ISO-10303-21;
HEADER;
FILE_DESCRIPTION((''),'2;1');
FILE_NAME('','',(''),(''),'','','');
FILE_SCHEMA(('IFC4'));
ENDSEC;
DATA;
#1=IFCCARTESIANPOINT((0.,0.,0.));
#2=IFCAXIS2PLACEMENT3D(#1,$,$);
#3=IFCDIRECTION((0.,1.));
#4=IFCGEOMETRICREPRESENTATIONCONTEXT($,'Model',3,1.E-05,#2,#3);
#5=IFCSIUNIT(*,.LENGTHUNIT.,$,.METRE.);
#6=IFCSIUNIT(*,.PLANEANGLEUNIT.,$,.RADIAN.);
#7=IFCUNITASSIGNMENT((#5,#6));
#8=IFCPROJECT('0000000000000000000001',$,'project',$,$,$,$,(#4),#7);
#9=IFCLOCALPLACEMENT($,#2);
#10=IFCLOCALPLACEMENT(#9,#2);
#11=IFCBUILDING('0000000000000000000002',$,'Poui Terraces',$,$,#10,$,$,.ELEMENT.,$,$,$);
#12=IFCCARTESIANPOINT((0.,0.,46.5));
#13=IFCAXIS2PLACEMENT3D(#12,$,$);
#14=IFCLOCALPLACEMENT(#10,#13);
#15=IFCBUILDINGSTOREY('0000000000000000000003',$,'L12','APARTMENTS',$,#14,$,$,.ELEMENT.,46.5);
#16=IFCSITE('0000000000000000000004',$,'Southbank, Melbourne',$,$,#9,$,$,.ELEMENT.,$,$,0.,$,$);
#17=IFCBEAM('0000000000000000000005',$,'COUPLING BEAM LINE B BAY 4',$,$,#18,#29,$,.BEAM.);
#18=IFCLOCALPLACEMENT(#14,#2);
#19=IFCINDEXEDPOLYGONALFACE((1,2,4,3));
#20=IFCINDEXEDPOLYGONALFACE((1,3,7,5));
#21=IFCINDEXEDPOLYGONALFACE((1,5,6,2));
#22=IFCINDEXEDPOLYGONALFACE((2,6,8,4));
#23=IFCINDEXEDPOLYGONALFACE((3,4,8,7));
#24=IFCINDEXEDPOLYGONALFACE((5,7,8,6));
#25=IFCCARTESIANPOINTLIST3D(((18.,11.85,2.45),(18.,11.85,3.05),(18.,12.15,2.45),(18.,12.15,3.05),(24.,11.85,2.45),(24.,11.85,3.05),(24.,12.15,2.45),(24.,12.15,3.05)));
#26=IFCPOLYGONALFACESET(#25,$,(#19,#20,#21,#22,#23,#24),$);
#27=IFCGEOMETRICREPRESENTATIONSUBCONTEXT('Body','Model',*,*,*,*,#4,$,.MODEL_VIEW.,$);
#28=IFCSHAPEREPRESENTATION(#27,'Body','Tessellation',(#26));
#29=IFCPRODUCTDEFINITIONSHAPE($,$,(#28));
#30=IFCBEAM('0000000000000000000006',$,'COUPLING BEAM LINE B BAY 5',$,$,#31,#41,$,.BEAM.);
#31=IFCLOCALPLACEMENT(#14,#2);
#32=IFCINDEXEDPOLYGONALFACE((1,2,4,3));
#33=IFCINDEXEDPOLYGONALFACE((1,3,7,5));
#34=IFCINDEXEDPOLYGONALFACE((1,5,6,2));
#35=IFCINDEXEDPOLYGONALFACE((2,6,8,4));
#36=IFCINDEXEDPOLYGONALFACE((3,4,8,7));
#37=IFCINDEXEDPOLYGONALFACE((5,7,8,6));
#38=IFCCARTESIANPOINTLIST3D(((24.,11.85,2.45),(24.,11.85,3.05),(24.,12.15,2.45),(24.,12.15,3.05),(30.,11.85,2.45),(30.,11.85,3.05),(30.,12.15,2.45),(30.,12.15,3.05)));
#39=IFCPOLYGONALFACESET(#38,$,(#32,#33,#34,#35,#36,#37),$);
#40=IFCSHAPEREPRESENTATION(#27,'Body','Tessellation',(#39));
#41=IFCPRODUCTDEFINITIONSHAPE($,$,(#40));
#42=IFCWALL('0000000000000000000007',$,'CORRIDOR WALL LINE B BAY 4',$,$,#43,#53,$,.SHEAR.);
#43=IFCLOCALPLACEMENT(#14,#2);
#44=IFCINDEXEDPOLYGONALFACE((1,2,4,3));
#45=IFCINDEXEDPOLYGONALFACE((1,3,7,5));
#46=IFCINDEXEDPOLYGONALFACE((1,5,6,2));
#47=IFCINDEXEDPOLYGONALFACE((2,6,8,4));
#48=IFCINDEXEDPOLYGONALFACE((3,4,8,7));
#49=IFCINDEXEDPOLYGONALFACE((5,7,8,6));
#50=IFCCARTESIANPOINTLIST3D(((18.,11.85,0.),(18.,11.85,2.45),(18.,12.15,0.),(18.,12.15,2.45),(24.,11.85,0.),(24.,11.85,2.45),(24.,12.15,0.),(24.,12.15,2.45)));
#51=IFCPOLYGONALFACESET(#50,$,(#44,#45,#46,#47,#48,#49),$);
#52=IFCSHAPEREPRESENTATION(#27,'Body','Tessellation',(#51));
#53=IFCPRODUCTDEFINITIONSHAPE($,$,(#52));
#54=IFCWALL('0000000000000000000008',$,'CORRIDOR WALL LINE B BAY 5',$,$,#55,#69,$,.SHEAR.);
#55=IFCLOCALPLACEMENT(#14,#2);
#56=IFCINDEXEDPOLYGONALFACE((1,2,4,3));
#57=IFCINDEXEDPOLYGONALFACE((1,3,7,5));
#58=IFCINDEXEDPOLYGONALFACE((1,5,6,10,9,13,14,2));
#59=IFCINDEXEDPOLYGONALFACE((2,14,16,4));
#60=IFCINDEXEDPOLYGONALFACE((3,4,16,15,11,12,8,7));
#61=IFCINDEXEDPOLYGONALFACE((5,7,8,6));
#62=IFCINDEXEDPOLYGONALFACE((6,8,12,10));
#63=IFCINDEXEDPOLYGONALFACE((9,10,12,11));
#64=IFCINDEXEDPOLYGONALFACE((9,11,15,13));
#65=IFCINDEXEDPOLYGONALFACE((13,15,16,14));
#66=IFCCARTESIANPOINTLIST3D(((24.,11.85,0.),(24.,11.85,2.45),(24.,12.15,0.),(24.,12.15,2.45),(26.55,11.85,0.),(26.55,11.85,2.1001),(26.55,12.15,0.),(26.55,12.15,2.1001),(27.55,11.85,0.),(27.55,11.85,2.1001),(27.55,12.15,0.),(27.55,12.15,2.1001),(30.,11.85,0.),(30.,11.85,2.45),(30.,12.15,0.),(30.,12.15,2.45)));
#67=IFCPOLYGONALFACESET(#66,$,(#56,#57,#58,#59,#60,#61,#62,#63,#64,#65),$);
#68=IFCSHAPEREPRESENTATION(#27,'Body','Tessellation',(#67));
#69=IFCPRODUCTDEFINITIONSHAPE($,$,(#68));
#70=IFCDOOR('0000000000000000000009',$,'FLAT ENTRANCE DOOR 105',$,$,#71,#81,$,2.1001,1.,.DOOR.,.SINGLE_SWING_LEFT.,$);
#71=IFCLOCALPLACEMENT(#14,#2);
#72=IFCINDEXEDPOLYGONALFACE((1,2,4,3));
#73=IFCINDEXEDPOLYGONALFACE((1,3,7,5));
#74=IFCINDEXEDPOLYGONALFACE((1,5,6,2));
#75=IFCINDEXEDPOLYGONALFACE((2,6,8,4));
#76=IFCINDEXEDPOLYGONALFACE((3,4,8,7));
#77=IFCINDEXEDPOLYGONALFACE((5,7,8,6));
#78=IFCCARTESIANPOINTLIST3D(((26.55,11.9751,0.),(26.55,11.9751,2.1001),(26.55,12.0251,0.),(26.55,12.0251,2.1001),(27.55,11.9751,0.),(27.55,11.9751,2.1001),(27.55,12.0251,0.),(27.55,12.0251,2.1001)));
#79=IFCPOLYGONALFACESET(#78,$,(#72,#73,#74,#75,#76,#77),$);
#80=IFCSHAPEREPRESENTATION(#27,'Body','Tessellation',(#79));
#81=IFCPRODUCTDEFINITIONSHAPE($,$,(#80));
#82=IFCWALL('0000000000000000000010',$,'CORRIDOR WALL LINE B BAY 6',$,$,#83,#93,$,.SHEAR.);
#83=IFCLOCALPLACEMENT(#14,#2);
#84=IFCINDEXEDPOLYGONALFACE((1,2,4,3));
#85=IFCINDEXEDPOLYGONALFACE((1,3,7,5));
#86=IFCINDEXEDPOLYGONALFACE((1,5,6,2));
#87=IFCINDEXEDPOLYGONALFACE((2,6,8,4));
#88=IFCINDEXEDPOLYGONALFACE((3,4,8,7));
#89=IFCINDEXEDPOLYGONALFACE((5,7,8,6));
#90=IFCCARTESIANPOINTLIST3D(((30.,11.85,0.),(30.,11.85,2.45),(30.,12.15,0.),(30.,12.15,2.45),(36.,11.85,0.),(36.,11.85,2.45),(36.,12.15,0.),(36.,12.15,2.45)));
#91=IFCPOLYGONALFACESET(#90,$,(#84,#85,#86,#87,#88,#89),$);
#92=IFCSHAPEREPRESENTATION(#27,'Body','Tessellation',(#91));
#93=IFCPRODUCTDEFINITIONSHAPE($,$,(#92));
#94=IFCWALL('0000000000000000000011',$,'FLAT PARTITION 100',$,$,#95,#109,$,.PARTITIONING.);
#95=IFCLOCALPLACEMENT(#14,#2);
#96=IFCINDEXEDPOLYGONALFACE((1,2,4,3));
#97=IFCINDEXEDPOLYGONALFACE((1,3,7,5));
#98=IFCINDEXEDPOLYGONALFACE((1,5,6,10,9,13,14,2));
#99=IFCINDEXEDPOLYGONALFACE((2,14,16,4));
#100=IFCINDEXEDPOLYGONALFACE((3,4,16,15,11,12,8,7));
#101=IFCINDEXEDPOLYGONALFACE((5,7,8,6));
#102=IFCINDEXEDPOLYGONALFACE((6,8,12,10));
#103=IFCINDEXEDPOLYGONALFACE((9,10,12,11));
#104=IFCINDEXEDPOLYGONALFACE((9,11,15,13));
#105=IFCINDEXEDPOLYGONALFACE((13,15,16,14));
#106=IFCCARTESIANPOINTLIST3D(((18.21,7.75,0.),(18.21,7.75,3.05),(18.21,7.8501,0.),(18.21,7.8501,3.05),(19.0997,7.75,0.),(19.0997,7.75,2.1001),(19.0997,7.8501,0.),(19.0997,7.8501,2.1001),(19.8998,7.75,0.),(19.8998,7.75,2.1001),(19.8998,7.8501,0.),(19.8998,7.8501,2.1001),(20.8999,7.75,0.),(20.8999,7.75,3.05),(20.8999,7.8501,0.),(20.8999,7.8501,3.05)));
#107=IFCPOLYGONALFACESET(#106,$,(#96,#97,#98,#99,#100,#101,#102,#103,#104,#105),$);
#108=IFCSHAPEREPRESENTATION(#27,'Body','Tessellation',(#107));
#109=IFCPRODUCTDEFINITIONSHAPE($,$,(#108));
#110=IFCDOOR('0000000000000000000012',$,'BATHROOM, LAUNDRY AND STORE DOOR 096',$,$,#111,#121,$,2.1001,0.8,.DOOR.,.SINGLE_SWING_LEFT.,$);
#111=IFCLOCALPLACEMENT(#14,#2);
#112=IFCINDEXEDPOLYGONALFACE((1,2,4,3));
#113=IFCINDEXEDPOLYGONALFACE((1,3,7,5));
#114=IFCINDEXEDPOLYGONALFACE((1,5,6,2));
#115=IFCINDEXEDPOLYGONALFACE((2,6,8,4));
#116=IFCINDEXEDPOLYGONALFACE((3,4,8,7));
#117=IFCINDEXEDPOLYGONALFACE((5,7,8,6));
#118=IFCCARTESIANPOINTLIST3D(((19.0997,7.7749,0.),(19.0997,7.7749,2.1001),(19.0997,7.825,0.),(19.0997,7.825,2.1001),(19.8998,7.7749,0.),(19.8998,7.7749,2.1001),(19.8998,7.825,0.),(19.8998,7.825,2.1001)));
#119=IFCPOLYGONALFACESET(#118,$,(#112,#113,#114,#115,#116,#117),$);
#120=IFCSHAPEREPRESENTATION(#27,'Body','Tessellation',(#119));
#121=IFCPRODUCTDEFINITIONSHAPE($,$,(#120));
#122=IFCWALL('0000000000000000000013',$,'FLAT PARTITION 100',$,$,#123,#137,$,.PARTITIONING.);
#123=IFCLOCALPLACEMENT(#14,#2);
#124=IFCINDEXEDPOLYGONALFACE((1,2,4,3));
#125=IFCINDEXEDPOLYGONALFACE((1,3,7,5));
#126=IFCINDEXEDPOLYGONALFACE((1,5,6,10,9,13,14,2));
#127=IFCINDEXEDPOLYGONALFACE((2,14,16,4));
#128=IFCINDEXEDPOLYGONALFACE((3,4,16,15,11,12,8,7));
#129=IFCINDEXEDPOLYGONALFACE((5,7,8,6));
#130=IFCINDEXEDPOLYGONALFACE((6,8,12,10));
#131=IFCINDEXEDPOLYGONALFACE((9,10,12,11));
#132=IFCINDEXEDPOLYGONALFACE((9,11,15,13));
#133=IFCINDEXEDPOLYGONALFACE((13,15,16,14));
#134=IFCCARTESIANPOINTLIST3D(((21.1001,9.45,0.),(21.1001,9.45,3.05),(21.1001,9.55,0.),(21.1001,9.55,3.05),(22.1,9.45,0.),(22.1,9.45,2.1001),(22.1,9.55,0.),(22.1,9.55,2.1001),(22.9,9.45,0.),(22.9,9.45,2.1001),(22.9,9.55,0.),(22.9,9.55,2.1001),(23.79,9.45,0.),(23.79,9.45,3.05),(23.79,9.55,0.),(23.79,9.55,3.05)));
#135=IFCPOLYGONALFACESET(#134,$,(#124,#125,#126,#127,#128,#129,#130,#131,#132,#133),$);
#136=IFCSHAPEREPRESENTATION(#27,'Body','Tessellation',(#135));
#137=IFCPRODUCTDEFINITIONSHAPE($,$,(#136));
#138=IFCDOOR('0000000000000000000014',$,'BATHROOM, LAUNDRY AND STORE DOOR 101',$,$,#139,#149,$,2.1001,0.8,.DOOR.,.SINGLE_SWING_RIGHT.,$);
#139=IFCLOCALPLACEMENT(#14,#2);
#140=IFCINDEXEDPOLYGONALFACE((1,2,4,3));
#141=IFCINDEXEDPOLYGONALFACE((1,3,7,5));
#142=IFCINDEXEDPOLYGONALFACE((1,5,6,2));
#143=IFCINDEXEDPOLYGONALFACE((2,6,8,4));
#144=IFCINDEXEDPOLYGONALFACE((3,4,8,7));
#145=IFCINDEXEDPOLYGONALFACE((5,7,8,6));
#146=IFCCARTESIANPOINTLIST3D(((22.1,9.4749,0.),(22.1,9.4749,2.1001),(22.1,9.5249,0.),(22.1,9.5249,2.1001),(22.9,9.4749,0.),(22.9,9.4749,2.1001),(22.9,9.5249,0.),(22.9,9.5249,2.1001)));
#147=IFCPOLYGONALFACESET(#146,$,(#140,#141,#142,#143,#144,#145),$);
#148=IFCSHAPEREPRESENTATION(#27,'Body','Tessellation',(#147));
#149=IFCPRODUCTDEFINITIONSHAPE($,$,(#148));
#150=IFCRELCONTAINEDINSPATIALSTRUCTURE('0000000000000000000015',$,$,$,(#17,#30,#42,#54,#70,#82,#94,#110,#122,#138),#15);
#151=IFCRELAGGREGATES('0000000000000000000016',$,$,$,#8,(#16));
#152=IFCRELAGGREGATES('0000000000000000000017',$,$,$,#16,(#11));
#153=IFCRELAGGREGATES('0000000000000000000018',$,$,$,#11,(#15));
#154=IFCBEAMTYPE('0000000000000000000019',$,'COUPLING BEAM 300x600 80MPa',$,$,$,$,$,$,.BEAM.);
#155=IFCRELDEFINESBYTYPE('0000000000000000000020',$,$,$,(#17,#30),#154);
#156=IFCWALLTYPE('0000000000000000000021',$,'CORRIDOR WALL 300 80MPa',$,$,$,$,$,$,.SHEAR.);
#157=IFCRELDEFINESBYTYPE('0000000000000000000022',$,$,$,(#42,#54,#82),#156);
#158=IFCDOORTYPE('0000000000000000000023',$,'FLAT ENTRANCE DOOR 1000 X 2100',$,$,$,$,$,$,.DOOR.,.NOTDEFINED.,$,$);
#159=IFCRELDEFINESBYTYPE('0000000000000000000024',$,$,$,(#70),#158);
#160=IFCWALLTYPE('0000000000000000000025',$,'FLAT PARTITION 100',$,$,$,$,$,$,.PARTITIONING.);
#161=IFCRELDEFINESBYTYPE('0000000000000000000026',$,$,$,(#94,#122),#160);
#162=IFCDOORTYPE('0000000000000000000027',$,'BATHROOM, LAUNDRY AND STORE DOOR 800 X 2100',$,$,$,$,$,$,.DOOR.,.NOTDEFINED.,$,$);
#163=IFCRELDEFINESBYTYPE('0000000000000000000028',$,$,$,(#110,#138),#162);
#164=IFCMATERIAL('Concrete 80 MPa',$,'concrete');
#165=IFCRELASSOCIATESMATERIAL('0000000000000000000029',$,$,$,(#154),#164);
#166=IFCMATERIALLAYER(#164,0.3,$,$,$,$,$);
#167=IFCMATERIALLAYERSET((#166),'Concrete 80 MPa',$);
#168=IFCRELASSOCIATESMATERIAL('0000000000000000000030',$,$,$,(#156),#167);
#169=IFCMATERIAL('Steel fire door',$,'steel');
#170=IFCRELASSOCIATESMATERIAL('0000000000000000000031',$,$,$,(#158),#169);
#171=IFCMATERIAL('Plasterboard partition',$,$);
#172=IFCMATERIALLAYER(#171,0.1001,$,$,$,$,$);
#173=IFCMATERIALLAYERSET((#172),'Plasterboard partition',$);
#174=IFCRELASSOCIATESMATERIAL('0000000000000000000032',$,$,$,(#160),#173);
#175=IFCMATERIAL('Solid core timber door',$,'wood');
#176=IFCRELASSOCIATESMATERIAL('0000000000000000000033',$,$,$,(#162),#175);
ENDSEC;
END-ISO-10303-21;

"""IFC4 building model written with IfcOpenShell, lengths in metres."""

from ifc_helpers import new_model, si_unit, direction, frame, frame_2d, origin, origin_2d, place, context, subcontext, project, spatial, rectangle, extrude, source, transform, mapped, material, layer, layer_set, material_profile, profile_set, type_object, element, fill, save


model = new_model("IFC4")

# Units and contexts
model_context = context("Model", 3, precision=1e-05, world=origin(), true_north=direction((0.0, 1.0)))
body_context = subcontext(model_context, "Body", "Model", "MODEL_VIEW")
ifc_project = project(units=[si_unit("LENGTHUNIT", "METRE"), si_unit("PLANEANGLEUNIT", "RADIAN")], contexts=[model_context])

# Site, building, storey
site_placement = place(None, origin())
site = spatial("IfcSite", under=ifc_project, at=site_placement, Name="Southbank, Melbourne", CompositionType="ELEMENT", RefElevation=0.0)
building_placement = place(site_placement, origin())
building = spatial("IfcBuilding", under=site, at=building_placement, Name="Poui Terraces", CompositionType="ELEMENT")
storey_placement = place(building_placement, frame((0.0, 0.0, 46.5)))
storey = spatial("IfcBuildingStorey", under=building, at=storey_placement, Name="L12", Description="APARTMENTS", CompositionType="ELEMENT", Elevation=46.5)

# Beams
ifc_material_1 = material(Name="Concrete 80 MPa", Category="concrete")
ifc_material_profile = material_profile(ifc_material_1, rectangle(XDim=0.3, YDim=0.6001, at=origin_2d()), Name="RC 300x600")
ifc_profile_set = profile_set([ifc_material_profile], Name="Concrete 80 MPa")
beam_type = type_object("IfcBeamType", Name="COUPLING BEAM 300x600 80MPa", PredefinedType="BEAM", material=ifc_profile_set)
shared_shape = source(origin(), body_context, "Body", "SweptSolid", [
    extrude(rectangle(XDim=0.3, YDim=0.6001, at=origin_2d()), origin(), (0.0, 0.0, 1.0), 6.0),
])
for number, where, z_axis, x_axis, name in (
    (1, (18.0, 12.0, 2.75), (1.0, 0.0, 0.0), (0.0, 1.0, 0.0), "COUPLING BEAM LINE B BAY 4"),
    (2, (24.0, 12.0, 2.75), (1.0, 0.0, 0.0), (0.0, 1.0, 0.0), "COUPLING BEAM LINE B BAY 5"),
):
    element("IfcBeam", number, at=place(storey_placement, frame(where, z_axis=z_axis, x_axis=x_axis)), inside=storey, type_object=beam_type, Name=name, PredefinedType="BEAM", context=body_context, shape_type="MappedRepresentation", body=[
        mapped(shared_shape, transform((0.0, 0.0, 0.0))),
    ])

# Wall
ifc_layer_1 = layer(ifc_material_1, 0.3)
ifc_layer_set_1 = layer_set([ifc_layer_1], Name="Concrete 80 MPa")
wall_type_1 = type_object("IfcWallType", Name="CORRIDOR WALL 300 80MPa", PredefinedType="SHEAR", material=ifc_layer_set_1)
wall_1_placement = place(storey_placement, frame((18.0, 12.0, 0.0), z_axis=(0.0, 0.0, 1.0), x_axis=(1.0, 0.0, 0.0)))
element("IfcWall", 3, at=wall_1_placement, inside=storey, type_object=wall_type_1, Name="CORRIDOR WALL LINE B BAY 4", PredefinedType="SHEAR", context=body_context, shape_type="SweptSolid", body=[
    extrude(rectangle(XDim=6.0, YDim=0.3, at=frame_2d((3.0, 0.0))), origin(), (0.0, 0.0, 1.0), 2.45),
])

# Wall, opening, door
wall_2_placement = place(storey_placement, frame((24.0, 12.0, 0.0), z_axis=(0.0, 0.0, 1.0), x_axis=(1.0, 0.0, 0.0)))
wall_2 = element("IfcWall", 4, at=wall_2_placement, inside=storey, type_object=wall_type_1, Name="CORRIDOR WALL LINE B BAY 5", PredefinedType="SHEAR", context=body_context, shape_type="SweptSolid", body=[
    extrude(rectangle(XDim=6.0, YDim=0.3, at=frame_2d((3.0, 0.0))), origin(), (0.0, 0.0, 1.0), 2.45),
])
opening_1_placement = place(wall_2_placement, frame((2.55, 0.0, 0.0)))
opening_1 = element("IfcOpeningElement", 5, at=opening_1_placement, cuts=wall_2, PredefinedType="OPENING", context=body_context, shape_type="SweptSolid", body=[
    extrude(rectangle(XDim=1.0, YDim=2.1001, at=frame_2d((0.5, 1.05))), frame((0.0, 0.1602, 0.0), z_axis=(0.0, -1.0, 0.0), x_axis=(1.0, 0.0, 0.0)), (0.0, 0.0, 1.0), 0.3201),
])
ifc_material_2 = material(Name="Steel fire door", Category="steel")
door_type_1 = type_object("IfcDoorType", Name="FLAT ENTRANCE DOOR 1000 X 2100", OperationType="NOTDEFINED", PredefinedType="DOOR", material=ifc_material_2)
door_1_placement = place(opening_1_placement, frame((1.0, 0.0, 0.0), z_axis=(0.0, 0.0, 1.0), x_axis=(-1.0, 0.0, 0.0)))
door_1 = element("IfcDoor", 6, at=door_1_placement, inside=storey, type_object=door_type_1, Name="FLAT ENTRANCE DOOR 105", OperationType="SINGLE_SWING_LEFT", OverallHeight=2.1001, OverallWidth=1.0, PredefinedType="DOOR", context=body_context, shape_type="SweptSolid", body=[
    extrude(rectangle(XDim=1.0, YDim=2.1001, at=frame_2d((0.5, 1.05))), frame((0.0, 0.0249, 0.0), z_axis=(0.0, -1.0, 0.0), x_axis=(1.0, 0.0, 0.0)), (0.0, 0.0, 1.0), 0.05),
])
fill(opening_1, door_1)

# Wall
wall_3_placement = place(storey_placement, frame((30.0, 12.0, 0.0), z_axis=(0.0, 0.0, 1.0), x_axis=(1.0, 0.0, 0.0)))
element("IfcWall", 7, at=wall_3_placement, inside=storey, type_object=wall_type_1, Name="CORRIDOR WALL LINE B BAY 6", PredefinedType="SHEAR", context=body_context, shape_type="SweptSolid", body=[
    extrude(rectangle(XDim=6.0, YDim=0.3, at=frame_2d((3.0, 0.0))), origin(), (0.0, 0.0, 1.0), 2.45),
])

# Walls, openings, doors
ifc_material_3 = material(Name="Plasterboard partition")
ifc_layer_2 = layer(ifc_material_3, 0.1001)
ifc_layer_set_2 = layer_set([ifc_layer_2], Name="Plasterboard partition")
wall_type_2 = type_object("IfcWallType", Name="FLAT PARTITION 100", PredefinedType="PARTITIONING", material=ifc_layer_set_2)
wall_4_placement = place(storey_placement, frame((18.21, 7.8, 0.0), z_axis=(0.0, 0.0, 1.0), x_axis=(1.0, 0.0, 0.0)))
wall_4 = element("IfcWall", 8, at=wall_4_placement, inside=storey, type_object=wall_type_2, Name="FLAT PARTITION 100", PredefinedType="PARTITIONING", context=body_context, shape_type="SweptSolid", body=[
    extrude(rectangle(XDim=2.6899, YDim=0.1001, at=frame_2d((1.345, 0.0))), origin(), (0.0, 0.0, 1.0), 3.05),
])
opening_2_placement = place(wall_4_placement, frame((0.8899, 0.0, 0.0)))
opening_2 = element("IfcOpeningElement", 9, at=opening_2_placement, cuts=wall_4, PredefinedType="OPENING", context=body_context, shape_type="SweptSolid", body=[
    extrude(rectangle(XDim=0.8, YDim=2.1001, at=frame_2d((0.3999, 1.05))), frame((0.0, 0.0601, 0.0), z_axis=(0.0, -1.0, 0.0), x_axis=(1.0, 0.0, 0.0)), (0.0, 0.0, 1.0), 0.1201),
])
ifc_material_4 = material(Name="Solid core timber door", Category="wood")
door_type_2 = type_object("IfcDoorType", Name="BATHROOM, LAUNDRY AND STORE DOOR 800 X 2100", OperationType="NOTDEFINED", PredefinedType="DOOR", material=ifc_material_4)
door_2_placement = place(opening_2_placement, origin())
door_2 = element("IfcDoor", 10, at=door_2_placement, inside=storey, type_object=door_type_2, Name="BATHROOM, LAUNDRY AND STORE DOOR 096", OperationType="SINGLE_SWING_LEFT", OverallHeight=2.1001, OverallWidth=0.8, PredefinedType="DOOR", context=body_context, shape_type="SweptSolid", body=[
    extrude(rectangle(XDim=0.8, YDim=2.1001, at=frame_2d((0.3999, 1.05))), frame((0.0, 0.0249, 0.0), z_axis=(0.0, -1.0, 0.0), x_axis=(1.0, 0.0, 0.0)), (0.0, 0.0, 1.0), 0.05),
])
fill(opening_2, door_2)
wall_5_placement = place(storey_placement, frame((21.1001, 9.5, 0.0), z_axis=(0.0, 0.0, 1.0), x_axis=(1.0, 0.0, 0.0)))
wall_5 = element("IfcWall", 11, at=wall_5_placement, inside=storey, type_object=wall_type_2, Name="FLAT PARTITION 100", PredefinedType="PARTITIONING", context=body_context, shape_type="SweptSolid", body=[
    extrude(rectangle(XDim=2.6899, YDim=0.1001, at=frame_2d((1.345, 0.0))), origin(), (0.0, 0.0, 1.0), 3.05),
])
opening_3_placement = place(wall_5_placement, frame((1.0, 0.0, 0.0)))
opening_3 = element("IfcOpeningElement", 12, at=opening_3_placement, cuts=wall_5, PredefinedType="OPENING", context=body_context, shape_type="SweptSolid", body=[
    extrude(rectangle(XDim=0.8, YDim=2.1001, at=frame_2d((0.3999, 1.05))), frame((0.0, 0.0601, 0.0), z_axis=(0.0, -1.0, 0.0), x_axis=(1.0, 0.0, 0.0)), (0.0, 0.0, 1.0), 0.1201),
])
door_3_placement = place(opening_3_placement, origin())
door_3 = element("IfcDoor", 13, at=door_3_placement, inside=storey, type_object=door_type_2, Name="BATHROOM, LAUNDRY AND STORE DOOR 101", OperationType="SINGLE_SWING_RIGHT", OverallHeight=2.1001, OverallWidth=0.8, PredefinedType="DOOR", context=body_context, shape_type="SweptSolid", body=[
    extrude(rectangle(XDim=0.8, YDim=2.1001, at=frame_2d((0.3999, 1.05))), frame((0.0, 0.0249, 0.0), z_axis=(0.0, -1.0, 0.0), x_axis=(1.0, 0.0, 0.0)), (0.0, 0.0, 1.0), 0.05),
])
fill(opening_3, door_3)

save(model, "model.ifc")
